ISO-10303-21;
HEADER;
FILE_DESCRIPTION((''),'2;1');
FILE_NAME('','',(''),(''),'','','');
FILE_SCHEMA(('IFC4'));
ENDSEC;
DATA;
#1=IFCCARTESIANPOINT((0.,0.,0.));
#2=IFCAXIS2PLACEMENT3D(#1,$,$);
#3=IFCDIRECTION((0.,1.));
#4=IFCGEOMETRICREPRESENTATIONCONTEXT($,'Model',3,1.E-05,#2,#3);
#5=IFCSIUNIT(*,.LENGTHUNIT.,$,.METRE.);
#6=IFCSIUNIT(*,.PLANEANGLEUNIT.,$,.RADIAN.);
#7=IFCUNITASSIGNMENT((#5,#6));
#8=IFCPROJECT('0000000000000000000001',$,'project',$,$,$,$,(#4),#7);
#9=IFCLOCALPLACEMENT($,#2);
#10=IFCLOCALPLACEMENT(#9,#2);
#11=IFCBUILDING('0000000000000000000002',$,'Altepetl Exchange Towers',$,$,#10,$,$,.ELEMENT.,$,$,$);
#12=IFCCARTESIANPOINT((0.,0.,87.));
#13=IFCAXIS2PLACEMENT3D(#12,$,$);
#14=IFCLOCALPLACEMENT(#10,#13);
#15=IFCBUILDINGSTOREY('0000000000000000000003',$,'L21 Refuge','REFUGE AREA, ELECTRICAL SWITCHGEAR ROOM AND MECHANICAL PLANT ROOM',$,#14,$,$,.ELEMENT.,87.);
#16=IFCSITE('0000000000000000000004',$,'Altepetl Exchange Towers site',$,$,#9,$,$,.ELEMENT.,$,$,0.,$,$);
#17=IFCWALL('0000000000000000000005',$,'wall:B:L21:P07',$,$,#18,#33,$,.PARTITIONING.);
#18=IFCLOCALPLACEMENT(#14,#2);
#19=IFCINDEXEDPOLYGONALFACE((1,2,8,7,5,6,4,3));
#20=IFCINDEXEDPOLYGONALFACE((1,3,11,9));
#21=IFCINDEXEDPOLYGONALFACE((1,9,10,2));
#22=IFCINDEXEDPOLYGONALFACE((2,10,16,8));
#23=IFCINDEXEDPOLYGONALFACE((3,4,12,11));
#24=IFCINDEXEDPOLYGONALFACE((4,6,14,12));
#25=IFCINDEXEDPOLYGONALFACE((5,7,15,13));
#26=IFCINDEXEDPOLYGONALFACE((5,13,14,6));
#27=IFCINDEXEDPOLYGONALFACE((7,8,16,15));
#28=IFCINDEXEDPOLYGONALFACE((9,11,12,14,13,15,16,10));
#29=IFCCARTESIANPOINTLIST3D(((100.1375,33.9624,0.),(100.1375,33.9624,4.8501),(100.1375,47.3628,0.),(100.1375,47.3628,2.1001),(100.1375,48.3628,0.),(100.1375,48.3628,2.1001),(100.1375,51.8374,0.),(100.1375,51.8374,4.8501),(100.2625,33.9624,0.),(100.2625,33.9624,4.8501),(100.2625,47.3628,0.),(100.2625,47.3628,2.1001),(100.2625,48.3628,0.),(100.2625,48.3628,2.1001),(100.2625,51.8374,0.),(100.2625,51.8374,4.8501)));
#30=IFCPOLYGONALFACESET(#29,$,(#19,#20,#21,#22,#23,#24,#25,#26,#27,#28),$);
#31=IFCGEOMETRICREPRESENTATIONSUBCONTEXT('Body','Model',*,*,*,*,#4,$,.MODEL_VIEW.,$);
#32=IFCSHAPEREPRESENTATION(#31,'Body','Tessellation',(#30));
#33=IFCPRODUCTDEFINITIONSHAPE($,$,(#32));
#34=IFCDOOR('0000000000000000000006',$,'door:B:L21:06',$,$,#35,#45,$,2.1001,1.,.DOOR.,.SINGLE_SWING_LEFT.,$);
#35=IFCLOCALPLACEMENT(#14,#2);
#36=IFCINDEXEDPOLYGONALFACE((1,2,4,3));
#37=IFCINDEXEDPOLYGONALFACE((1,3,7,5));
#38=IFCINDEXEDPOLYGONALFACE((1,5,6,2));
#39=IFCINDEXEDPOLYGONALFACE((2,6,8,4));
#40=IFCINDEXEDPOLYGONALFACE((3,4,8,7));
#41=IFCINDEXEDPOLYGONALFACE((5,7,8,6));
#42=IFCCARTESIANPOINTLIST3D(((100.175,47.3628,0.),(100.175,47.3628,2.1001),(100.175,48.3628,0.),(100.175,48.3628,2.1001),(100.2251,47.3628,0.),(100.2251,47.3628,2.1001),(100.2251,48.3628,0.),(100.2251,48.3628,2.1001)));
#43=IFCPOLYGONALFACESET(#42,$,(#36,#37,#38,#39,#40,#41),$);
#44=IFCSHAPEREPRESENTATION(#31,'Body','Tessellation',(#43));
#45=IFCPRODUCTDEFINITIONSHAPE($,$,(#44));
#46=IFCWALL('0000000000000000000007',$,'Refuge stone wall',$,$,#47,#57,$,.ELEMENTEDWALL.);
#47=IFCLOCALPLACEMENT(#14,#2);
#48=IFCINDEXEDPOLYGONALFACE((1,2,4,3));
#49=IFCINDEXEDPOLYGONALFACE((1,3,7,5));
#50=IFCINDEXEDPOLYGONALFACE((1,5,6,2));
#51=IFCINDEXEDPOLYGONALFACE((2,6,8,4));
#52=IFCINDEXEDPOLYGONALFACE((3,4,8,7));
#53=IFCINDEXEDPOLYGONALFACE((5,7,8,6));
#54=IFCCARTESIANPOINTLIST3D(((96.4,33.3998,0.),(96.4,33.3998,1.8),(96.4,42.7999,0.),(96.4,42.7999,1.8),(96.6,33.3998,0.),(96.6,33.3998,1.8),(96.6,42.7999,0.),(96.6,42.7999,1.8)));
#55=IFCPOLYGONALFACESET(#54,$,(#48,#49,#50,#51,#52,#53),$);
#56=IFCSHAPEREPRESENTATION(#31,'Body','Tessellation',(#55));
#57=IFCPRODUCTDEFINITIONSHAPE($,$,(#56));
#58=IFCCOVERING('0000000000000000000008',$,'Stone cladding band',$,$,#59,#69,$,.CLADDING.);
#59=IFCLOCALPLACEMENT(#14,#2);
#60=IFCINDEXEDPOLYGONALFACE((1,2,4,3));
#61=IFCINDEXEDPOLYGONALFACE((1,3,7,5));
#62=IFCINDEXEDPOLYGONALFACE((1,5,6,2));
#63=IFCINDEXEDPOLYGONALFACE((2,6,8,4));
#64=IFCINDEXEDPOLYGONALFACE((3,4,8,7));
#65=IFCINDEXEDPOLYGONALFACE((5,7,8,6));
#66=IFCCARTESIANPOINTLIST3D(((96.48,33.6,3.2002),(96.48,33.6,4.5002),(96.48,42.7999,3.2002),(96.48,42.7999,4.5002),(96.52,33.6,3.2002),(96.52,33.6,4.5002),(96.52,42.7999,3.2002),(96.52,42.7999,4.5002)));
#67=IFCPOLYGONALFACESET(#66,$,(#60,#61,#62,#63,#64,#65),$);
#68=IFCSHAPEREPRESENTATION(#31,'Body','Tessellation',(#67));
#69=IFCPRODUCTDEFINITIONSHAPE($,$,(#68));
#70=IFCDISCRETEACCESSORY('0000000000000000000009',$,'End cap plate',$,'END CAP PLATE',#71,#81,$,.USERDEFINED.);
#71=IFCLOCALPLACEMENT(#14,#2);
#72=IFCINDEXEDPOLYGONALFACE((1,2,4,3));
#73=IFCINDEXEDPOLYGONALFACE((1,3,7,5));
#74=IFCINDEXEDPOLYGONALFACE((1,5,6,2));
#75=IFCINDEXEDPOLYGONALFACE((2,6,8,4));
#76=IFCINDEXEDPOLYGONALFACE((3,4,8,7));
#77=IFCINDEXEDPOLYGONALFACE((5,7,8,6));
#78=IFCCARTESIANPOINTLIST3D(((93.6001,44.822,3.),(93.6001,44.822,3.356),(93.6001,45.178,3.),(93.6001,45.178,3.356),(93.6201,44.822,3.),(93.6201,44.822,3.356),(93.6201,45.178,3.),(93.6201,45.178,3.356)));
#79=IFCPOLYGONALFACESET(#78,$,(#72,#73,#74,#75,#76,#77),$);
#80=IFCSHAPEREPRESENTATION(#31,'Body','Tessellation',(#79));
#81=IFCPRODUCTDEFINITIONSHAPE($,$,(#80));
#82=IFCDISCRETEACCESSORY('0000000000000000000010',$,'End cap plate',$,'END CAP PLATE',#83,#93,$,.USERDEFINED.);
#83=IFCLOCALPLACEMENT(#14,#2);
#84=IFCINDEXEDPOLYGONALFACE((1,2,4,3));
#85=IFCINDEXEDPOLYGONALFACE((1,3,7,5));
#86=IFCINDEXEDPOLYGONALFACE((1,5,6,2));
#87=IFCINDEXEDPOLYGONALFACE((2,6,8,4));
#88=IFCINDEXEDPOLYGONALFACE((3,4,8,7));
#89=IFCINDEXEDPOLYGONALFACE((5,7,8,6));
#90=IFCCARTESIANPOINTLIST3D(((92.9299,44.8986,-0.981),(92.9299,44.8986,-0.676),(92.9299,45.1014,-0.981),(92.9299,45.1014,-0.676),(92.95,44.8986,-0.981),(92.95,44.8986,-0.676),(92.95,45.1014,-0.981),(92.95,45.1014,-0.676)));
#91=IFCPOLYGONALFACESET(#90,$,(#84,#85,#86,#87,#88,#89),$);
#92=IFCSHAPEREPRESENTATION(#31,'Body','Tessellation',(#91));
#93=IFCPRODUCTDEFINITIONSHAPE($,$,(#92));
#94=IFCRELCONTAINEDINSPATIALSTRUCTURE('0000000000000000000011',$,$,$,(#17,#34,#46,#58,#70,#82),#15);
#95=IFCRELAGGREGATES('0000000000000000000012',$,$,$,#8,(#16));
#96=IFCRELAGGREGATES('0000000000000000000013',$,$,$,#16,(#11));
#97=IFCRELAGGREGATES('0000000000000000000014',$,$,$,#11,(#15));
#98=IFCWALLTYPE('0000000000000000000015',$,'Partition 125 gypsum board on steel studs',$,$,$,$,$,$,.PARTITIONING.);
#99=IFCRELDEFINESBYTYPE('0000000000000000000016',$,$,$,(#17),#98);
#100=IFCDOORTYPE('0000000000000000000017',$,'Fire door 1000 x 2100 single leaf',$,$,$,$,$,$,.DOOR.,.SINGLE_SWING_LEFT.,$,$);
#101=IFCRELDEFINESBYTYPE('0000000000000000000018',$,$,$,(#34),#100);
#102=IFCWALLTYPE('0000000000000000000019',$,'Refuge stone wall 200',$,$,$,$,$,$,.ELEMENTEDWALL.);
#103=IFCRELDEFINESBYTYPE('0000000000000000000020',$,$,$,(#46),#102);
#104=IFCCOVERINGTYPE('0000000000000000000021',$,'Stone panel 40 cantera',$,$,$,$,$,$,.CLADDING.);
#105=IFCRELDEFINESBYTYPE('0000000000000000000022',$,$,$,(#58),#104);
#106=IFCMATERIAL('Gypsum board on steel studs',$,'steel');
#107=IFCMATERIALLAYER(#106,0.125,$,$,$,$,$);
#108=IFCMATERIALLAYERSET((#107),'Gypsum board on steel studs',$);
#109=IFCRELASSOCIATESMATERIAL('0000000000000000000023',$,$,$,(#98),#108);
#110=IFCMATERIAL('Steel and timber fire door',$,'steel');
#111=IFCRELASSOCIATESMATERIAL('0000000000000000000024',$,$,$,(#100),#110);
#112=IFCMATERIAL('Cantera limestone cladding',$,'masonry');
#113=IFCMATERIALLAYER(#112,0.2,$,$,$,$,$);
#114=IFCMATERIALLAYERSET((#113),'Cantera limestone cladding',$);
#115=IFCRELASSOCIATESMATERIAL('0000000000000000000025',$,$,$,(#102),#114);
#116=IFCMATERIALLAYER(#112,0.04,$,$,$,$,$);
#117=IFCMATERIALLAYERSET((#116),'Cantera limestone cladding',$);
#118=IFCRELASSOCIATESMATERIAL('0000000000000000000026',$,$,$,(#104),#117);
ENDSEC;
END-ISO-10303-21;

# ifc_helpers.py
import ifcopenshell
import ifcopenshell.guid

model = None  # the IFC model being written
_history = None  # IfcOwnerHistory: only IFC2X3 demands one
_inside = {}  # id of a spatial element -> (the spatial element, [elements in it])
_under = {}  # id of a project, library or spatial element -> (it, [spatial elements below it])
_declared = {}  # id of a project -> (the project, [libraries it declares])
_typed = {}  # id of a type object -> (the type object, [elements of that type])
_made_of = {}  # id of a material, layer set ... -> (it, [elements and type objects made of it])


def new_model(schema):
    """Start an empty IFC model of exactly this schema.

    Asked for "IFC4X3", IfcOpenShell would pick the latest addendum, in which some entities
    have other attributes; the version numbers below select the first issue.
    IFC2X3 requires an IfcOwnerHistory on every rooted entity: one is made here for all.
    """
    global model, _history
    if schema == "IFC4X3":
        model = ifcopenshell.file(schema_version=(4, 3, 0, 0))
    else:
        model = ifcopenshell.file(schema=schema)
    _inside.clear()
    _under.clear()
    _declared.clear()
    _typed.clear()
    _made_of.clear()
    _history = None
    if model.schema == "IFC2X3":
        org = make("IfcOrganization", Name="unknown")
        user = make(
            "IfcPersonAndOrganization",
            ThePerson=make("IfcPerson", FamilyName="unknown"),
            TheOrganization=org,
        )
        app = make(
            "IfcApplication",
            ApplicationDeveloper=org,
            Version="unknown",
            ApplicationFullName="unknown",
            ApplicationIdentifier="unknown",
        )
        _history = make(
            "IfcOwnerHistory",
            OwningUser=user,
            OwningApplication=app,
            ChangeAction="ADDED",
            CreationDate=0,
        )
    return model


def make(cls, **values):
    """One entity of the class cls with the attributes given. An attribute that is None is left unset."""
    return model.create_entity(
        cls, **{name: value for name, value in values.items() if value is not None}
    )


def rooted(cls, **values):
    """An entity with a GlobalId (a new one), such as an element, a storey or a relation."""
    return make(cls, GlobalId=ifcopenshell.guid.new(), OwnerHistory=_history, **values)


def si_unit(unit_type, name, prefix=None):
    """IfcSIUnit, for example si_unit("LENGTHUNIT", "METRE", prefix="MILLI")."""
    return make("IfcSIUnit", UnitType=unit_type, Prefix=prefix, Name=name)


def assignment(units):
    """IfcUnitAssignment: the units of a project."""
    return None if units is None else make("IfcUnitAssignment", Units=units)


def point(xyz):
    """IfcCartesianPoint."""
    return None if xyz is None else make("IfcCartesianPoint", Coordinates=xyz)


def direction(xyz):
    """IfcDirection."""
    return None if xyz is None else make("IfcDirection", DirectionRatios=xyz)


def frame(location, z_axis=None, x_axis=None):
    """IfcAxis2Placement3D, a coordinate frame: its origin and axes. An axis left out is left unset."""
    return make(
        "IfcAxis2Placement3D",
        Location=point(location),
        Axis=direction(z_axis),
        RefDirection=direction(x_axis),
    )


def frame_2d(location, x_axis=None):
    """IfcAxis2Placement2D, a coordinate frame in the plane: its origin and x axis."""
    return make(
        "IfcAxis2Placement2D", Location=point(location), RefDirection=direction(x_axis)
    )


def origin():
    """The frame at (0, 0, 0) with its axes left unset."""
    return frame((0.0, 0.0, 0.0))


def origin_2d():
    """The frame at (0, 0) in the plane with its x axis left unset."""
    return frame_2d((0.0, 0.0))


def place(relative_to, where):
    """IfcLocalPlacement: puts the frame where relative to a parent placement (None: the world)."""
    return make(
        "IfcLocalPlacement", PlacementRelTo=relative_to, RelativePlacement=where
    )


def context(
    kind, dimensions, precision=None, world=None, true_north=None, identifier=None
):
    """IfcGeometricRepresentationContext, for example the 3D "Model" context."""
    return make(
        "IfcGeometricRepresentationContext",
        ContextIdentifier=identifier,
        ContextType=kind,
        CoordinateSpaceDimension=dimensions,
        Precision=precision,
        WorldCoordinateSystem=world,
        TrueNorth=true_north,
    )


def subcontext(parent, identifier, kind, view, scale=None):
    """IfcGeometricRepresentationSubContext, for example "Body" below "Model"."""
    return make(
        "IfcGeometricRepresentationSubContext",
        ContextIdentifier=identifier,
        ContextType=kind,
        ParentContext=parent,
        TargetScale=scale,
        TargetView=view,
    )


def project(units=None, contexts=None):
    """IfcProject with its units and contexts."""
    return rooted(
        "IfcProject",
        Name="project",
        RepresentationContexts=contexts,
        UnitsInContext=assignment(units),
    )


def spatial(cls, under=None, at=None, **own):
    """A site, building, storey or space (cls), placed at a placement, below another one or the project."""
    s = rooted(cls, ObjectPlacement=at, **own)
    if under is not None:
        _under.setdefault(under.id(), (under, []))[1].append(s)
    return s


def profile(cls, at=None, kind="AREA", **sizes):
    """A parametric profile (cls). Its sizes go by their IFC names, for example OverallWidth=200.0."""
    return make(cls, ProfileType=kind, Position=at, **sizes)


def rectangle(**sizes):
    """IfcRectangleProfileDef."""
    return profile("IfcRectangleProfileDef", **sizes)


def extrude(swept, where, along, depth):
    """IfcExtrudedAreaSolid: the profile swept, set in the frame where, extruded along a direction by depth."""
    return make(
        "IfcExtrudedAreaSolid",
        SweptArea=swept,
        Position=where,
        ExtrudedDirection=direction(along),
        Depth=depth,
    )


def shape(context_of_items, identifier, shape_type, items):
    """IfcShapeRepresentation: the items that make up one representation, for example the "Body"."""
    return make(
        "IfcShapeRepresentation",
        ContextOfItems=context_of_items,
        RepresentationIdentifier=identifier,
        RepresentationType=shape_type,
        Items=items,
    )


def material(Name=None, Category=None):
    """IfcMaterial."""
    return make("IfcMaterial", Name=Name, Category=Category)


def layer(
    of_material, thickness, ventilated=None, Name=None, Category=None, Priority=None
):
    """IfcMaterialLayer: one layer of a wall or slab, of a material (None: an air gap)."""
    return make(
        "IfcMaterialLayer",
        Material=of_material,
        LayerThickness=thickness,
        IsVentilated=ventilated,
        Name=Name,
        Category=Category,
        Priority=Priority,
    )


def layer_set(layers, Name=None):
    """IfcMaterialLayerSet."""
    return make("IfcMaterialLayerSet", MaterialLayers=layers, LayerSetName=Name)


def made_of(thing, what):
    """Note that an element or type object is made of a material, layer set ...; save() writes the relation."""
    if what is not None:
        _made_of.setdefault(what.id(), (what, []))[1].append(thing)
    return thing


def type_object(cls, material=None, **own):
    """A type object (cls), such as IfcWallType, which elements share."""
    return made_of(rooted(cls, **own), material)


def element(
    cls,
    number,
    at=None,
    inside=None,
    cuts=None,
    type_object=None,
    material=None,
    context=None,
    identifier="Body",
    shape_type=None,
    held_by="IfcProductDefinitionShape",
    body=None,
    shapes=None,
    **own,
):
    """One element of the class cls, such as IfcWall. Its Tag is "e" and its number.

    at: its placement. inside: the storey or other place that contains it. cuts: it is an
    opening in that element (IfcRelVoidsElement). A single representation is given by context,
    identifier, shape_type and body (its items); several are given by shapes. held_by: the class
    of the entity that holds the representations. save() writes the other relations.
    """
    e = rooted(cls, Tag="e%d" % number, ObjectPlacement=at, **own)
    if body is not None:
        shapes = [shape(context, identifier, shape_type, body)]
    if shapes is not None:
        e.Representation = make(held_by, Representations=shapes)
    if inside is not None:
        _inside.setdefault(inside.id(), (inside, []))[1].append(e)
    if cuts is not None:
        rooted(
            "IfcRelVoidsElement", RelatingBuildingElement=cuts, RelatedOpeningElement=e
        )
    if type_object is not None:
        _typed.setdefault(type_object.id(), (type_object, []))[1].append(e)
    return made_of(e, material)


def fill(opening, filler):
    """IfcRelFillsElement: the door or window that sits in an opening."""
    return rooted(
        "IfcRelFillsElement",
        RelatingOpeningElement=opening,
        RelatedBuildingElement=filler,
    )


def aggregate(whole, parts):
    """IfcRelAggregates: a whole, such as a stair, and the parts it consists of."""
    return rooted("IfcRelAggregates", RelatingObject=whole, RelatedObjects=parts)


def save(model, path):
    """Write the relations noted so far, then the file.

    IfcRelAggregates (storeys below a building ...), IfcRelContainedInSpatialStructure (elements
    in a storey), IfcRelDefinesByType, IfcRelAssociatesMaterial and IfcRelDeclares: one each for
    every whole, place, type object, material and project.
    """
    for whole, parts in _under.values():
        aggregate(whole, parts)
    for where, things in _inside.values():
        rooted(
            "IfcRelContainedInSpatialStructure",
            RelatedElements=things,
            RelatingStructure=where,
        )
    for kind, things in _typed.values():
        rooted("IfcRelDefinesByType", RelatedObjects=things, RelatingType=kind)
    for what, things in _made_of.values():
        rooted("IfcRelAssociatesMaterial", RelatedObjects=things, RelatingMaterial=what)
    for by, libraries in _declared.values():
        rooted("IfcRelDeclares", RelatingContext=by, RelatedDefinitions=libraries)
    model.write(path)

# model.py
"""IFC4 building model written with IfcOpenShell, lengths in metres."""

from ifc_helpers import new_model, si_unit, direction, frame, frame_2d, origin, origin_2d, place, context, subcontext, project, spatial, rectangle, extrude, material, layer, layer_set, type_object, element, fill, save


model = new_model("IFC4")

# Units and contexts
model_context = context("Model", 3, precision=1e-05, world=origin(), true_north=direction((0.0, 1.0)))
body_context = subcontext(model_context, "Body", "Model", "MODEL_VIEW")
ifc_project = project(units=[si_unit("LENGTHUNIT", "METRE"), si_unit("PLANEANGLEUNIT", "RADIAN")], contexts=[model_context])

# Site, building, storey
site_placement = place(None, origin())
site = spatial("IfcSite", under=ifc_project, at=site_placement, Name="Altepetl Exchange Towers site", CompositionType="ELEMENT", RefElevation=0.0)
building_placement = place(site_placement, origin())
building = spatial("IfcBuilding", under=site, at=building_placement, Name="Altepetl Exchange Towers", CompositionType="ELEMENT")
storey_placement = place(building_placement, frame((0.0, 0.0, 87.0)))
storey = spatial("IfcBuildingStorey", under=building, at=storey_placement, Name="L21 Refuge", Description="REFUGE AREA, ELECTRICAL SWITCHGEAR ROOM AND MECHANICAL PLANT ROOM", CompositionType="ELEMENT", Elevation=87.0)

# Shared definitions
ifc_material_1 = material(Name="Gypsum board on steel studs", Category="steel")
ifc_layer_1 = layer(ifc_material_1, 0.125)
ifc_layer_set_1 = layer_set([ifc_layer_1], Name="Gypsum board on steel studs")
wall_type_1 = type_object("IfcWallType", Name="Partition 125 gypsum board on steel studs", PredefinedType="PARTITIONING", material=ifc_layer_set_1)
ifc_material_2 = material(Name="Steel and timber fire door", Category="steel")

# Wall, opening, door
wall_1_placement = place(storey_placement, frame((100.2, 33.9624, 0.0), z_axis=(0.0, 0.0, 1.0), x_axis=(0.0, 1.0, 0.0)))
wall_1 = element("IfcWall", 1, at=wall_1_placement, inside=storey, type_object=wall_type_1, Name="wall:B:L21:P07", PredefinedType="PARTITIONING", context=body_context, shape_type="SweptSolid", body=[
    extrude(rectangle(XDim=17.875, YDim=0.125, at=frame_2d((8.9375, 0.0))), origin(), (0.0, 0.0, 1.0), 4.8501),
])
opening_1_placement = place(wall_1_placement, frame((13.4004, 0.0, 0.0)))
opening_1 = element("IfcOpeningElement", 2, at=opening_1_placement, cuts=wall_1, PredefinedType="OPENING", context=body_context, shape_type="SweptSolid", body=[
    extrude(rectangle(XDim=1.0, YDim=2.1001, at=frame_2d((0.5, 1.05))), frame((0.0, 0.0725, 0.0), z_axis=(0.0, -1.0, 0.0), x_axis=(1.0, 0.0, 0.0)), (0.0, 0.0, 1.0), 0.145),
])
door_type_1 = type_object("IfcDoorType", Name="Fire door 1000 x 2100 single leaf", OperationType="SINGLE_SWING_LEFT", PredefinedType="DOOR", material=ifc_material_2)
door_1_placement = place(opening_1_placement, origin())
door_1 = element("IfcDoor", 3, at=door_1_placement, inside=storey, type_object=door_type_1, Name="door:B:L21:06", OperationType="SINGLE_SWING_LEFT", OverallHeight=2.1001, OverallWidth=1.0, PredefinedType="DOOR", context=body_context, shape_type="SweptSolid", body=[
    extrude(rectangle(XDim=1.0, YDim=2.1001, at=frame_2d((0.5, 1.05))), frame((0.0, 0.0249, 0.0), z_axis=(0.0, -1.0, 0.0), x_axis=(1.0, 0.0, 0.0)), (0.0, 0.0, 1.0), 0.05),
])
fill(opening_1, door_1)

# Wall
ifc_material_3 = material(Name="Cantera limestone cladding", Category="masonry")
ifc_layer_2 = layer(ifc_material_3, 0.2)
ifc_layer_set_2 = layer_set([ifc_layer_2], Name="Cantera limestone cladding")
wall_type_2 = type_object("IfcWallType", Name="Refuge stone wall 200", PredefinedType="ELEMENTEDWALL", material=ifc_layer_set_2)
wall_2_placement = place(storey_placement, frame((96.5, 42.8, 0.0), z_axis=(0.0, 0.0, 1.0), x_axis=(0.0, -1.0, 0.0)))
element("IfcWall", 4, at=wall_2_placement, inside=storey, type_object=wall_type_2, Name="Refuge stone wall", PredefinedType="ELEMENTEDWALL", context=body_context, shape_type="SweptSolid", body=[
    extrude(rectangle(XDim=9.4001, YDim=0.2, at=frame_2d((4.7002, 0.0))), origin(), (0.0, 0.0, 1.0), 1.8),
])

# Covering
ifc_layer_3 = layer(ifc_material_3, 0.04)
ifc_layer_set_3 = layer_set([ifc_layer_3], Name="Cantera limestone cladding")
covering_type = type_object("IfcCoveringType", Name="Stone panel 40 cantera", PredefinedType="CLADDING", material=ifc_layer_set_3)
covering_placement = place(storey_placement, frame((96.5, 38.2, 3.2002), z_axis=(0.0, 0.0, 1.0), x_axis=(0.0, -1.0, 0.0)))
element("IfcCovering", 5, at=covering_placement, inside=storey, type_object=covering_type, Name="Stone cladding band", PredefinedType="CLADDING", context=body_context, shape_type="SweptSolid", body=[
    extrude(rectangle(XDim=9.2, YDim=0.04, at=origin_2d()), origin(), (0.0, 0.0, 1.0), 1.3),
])

# Discrete accessories
discrete_accessory_1_placement = place(storey_placement, frame((93.6101, 45.0, 3.0)))
element("IfcDiscreteAccessory", 6, at=discrete_accessory_1_placement, inside=storey, Name="End cap plate", ObjectType="END CAP PLATE", PredefinedType="USERDEFINED", context=body_context, shape_type="SweptSolid", body=[
    extrude(rectangle(XDim=0.02, YDim=0.356, at=origin_2d()), origin(), (0.0, 0.0, 1.0), 0.356),
])
discrete_accessory_2_placement = place(storey_placement, frame((92.9399, 45.0, -0.981), z_axis=(0.0, 0.0, 1.0), x_axis=(-1.0, 0.0, 0.0)))
element("IfcDiscreteAccessory", 7, at=discrete_accessory_2_placement, inside=storey, Name="End cap plate", ObjectType="END CAP PLATE", PredefinedType="USERDEFINED", context=body_context, shape_type="SweptSolid", body=[
    extrude(rectangle(XDim=0.02, YDim=0.2029, at=origin_2d()), origin(), (0.0, 0.0, 1.0), 0.3049),
])

save(model, "model.ifc")
